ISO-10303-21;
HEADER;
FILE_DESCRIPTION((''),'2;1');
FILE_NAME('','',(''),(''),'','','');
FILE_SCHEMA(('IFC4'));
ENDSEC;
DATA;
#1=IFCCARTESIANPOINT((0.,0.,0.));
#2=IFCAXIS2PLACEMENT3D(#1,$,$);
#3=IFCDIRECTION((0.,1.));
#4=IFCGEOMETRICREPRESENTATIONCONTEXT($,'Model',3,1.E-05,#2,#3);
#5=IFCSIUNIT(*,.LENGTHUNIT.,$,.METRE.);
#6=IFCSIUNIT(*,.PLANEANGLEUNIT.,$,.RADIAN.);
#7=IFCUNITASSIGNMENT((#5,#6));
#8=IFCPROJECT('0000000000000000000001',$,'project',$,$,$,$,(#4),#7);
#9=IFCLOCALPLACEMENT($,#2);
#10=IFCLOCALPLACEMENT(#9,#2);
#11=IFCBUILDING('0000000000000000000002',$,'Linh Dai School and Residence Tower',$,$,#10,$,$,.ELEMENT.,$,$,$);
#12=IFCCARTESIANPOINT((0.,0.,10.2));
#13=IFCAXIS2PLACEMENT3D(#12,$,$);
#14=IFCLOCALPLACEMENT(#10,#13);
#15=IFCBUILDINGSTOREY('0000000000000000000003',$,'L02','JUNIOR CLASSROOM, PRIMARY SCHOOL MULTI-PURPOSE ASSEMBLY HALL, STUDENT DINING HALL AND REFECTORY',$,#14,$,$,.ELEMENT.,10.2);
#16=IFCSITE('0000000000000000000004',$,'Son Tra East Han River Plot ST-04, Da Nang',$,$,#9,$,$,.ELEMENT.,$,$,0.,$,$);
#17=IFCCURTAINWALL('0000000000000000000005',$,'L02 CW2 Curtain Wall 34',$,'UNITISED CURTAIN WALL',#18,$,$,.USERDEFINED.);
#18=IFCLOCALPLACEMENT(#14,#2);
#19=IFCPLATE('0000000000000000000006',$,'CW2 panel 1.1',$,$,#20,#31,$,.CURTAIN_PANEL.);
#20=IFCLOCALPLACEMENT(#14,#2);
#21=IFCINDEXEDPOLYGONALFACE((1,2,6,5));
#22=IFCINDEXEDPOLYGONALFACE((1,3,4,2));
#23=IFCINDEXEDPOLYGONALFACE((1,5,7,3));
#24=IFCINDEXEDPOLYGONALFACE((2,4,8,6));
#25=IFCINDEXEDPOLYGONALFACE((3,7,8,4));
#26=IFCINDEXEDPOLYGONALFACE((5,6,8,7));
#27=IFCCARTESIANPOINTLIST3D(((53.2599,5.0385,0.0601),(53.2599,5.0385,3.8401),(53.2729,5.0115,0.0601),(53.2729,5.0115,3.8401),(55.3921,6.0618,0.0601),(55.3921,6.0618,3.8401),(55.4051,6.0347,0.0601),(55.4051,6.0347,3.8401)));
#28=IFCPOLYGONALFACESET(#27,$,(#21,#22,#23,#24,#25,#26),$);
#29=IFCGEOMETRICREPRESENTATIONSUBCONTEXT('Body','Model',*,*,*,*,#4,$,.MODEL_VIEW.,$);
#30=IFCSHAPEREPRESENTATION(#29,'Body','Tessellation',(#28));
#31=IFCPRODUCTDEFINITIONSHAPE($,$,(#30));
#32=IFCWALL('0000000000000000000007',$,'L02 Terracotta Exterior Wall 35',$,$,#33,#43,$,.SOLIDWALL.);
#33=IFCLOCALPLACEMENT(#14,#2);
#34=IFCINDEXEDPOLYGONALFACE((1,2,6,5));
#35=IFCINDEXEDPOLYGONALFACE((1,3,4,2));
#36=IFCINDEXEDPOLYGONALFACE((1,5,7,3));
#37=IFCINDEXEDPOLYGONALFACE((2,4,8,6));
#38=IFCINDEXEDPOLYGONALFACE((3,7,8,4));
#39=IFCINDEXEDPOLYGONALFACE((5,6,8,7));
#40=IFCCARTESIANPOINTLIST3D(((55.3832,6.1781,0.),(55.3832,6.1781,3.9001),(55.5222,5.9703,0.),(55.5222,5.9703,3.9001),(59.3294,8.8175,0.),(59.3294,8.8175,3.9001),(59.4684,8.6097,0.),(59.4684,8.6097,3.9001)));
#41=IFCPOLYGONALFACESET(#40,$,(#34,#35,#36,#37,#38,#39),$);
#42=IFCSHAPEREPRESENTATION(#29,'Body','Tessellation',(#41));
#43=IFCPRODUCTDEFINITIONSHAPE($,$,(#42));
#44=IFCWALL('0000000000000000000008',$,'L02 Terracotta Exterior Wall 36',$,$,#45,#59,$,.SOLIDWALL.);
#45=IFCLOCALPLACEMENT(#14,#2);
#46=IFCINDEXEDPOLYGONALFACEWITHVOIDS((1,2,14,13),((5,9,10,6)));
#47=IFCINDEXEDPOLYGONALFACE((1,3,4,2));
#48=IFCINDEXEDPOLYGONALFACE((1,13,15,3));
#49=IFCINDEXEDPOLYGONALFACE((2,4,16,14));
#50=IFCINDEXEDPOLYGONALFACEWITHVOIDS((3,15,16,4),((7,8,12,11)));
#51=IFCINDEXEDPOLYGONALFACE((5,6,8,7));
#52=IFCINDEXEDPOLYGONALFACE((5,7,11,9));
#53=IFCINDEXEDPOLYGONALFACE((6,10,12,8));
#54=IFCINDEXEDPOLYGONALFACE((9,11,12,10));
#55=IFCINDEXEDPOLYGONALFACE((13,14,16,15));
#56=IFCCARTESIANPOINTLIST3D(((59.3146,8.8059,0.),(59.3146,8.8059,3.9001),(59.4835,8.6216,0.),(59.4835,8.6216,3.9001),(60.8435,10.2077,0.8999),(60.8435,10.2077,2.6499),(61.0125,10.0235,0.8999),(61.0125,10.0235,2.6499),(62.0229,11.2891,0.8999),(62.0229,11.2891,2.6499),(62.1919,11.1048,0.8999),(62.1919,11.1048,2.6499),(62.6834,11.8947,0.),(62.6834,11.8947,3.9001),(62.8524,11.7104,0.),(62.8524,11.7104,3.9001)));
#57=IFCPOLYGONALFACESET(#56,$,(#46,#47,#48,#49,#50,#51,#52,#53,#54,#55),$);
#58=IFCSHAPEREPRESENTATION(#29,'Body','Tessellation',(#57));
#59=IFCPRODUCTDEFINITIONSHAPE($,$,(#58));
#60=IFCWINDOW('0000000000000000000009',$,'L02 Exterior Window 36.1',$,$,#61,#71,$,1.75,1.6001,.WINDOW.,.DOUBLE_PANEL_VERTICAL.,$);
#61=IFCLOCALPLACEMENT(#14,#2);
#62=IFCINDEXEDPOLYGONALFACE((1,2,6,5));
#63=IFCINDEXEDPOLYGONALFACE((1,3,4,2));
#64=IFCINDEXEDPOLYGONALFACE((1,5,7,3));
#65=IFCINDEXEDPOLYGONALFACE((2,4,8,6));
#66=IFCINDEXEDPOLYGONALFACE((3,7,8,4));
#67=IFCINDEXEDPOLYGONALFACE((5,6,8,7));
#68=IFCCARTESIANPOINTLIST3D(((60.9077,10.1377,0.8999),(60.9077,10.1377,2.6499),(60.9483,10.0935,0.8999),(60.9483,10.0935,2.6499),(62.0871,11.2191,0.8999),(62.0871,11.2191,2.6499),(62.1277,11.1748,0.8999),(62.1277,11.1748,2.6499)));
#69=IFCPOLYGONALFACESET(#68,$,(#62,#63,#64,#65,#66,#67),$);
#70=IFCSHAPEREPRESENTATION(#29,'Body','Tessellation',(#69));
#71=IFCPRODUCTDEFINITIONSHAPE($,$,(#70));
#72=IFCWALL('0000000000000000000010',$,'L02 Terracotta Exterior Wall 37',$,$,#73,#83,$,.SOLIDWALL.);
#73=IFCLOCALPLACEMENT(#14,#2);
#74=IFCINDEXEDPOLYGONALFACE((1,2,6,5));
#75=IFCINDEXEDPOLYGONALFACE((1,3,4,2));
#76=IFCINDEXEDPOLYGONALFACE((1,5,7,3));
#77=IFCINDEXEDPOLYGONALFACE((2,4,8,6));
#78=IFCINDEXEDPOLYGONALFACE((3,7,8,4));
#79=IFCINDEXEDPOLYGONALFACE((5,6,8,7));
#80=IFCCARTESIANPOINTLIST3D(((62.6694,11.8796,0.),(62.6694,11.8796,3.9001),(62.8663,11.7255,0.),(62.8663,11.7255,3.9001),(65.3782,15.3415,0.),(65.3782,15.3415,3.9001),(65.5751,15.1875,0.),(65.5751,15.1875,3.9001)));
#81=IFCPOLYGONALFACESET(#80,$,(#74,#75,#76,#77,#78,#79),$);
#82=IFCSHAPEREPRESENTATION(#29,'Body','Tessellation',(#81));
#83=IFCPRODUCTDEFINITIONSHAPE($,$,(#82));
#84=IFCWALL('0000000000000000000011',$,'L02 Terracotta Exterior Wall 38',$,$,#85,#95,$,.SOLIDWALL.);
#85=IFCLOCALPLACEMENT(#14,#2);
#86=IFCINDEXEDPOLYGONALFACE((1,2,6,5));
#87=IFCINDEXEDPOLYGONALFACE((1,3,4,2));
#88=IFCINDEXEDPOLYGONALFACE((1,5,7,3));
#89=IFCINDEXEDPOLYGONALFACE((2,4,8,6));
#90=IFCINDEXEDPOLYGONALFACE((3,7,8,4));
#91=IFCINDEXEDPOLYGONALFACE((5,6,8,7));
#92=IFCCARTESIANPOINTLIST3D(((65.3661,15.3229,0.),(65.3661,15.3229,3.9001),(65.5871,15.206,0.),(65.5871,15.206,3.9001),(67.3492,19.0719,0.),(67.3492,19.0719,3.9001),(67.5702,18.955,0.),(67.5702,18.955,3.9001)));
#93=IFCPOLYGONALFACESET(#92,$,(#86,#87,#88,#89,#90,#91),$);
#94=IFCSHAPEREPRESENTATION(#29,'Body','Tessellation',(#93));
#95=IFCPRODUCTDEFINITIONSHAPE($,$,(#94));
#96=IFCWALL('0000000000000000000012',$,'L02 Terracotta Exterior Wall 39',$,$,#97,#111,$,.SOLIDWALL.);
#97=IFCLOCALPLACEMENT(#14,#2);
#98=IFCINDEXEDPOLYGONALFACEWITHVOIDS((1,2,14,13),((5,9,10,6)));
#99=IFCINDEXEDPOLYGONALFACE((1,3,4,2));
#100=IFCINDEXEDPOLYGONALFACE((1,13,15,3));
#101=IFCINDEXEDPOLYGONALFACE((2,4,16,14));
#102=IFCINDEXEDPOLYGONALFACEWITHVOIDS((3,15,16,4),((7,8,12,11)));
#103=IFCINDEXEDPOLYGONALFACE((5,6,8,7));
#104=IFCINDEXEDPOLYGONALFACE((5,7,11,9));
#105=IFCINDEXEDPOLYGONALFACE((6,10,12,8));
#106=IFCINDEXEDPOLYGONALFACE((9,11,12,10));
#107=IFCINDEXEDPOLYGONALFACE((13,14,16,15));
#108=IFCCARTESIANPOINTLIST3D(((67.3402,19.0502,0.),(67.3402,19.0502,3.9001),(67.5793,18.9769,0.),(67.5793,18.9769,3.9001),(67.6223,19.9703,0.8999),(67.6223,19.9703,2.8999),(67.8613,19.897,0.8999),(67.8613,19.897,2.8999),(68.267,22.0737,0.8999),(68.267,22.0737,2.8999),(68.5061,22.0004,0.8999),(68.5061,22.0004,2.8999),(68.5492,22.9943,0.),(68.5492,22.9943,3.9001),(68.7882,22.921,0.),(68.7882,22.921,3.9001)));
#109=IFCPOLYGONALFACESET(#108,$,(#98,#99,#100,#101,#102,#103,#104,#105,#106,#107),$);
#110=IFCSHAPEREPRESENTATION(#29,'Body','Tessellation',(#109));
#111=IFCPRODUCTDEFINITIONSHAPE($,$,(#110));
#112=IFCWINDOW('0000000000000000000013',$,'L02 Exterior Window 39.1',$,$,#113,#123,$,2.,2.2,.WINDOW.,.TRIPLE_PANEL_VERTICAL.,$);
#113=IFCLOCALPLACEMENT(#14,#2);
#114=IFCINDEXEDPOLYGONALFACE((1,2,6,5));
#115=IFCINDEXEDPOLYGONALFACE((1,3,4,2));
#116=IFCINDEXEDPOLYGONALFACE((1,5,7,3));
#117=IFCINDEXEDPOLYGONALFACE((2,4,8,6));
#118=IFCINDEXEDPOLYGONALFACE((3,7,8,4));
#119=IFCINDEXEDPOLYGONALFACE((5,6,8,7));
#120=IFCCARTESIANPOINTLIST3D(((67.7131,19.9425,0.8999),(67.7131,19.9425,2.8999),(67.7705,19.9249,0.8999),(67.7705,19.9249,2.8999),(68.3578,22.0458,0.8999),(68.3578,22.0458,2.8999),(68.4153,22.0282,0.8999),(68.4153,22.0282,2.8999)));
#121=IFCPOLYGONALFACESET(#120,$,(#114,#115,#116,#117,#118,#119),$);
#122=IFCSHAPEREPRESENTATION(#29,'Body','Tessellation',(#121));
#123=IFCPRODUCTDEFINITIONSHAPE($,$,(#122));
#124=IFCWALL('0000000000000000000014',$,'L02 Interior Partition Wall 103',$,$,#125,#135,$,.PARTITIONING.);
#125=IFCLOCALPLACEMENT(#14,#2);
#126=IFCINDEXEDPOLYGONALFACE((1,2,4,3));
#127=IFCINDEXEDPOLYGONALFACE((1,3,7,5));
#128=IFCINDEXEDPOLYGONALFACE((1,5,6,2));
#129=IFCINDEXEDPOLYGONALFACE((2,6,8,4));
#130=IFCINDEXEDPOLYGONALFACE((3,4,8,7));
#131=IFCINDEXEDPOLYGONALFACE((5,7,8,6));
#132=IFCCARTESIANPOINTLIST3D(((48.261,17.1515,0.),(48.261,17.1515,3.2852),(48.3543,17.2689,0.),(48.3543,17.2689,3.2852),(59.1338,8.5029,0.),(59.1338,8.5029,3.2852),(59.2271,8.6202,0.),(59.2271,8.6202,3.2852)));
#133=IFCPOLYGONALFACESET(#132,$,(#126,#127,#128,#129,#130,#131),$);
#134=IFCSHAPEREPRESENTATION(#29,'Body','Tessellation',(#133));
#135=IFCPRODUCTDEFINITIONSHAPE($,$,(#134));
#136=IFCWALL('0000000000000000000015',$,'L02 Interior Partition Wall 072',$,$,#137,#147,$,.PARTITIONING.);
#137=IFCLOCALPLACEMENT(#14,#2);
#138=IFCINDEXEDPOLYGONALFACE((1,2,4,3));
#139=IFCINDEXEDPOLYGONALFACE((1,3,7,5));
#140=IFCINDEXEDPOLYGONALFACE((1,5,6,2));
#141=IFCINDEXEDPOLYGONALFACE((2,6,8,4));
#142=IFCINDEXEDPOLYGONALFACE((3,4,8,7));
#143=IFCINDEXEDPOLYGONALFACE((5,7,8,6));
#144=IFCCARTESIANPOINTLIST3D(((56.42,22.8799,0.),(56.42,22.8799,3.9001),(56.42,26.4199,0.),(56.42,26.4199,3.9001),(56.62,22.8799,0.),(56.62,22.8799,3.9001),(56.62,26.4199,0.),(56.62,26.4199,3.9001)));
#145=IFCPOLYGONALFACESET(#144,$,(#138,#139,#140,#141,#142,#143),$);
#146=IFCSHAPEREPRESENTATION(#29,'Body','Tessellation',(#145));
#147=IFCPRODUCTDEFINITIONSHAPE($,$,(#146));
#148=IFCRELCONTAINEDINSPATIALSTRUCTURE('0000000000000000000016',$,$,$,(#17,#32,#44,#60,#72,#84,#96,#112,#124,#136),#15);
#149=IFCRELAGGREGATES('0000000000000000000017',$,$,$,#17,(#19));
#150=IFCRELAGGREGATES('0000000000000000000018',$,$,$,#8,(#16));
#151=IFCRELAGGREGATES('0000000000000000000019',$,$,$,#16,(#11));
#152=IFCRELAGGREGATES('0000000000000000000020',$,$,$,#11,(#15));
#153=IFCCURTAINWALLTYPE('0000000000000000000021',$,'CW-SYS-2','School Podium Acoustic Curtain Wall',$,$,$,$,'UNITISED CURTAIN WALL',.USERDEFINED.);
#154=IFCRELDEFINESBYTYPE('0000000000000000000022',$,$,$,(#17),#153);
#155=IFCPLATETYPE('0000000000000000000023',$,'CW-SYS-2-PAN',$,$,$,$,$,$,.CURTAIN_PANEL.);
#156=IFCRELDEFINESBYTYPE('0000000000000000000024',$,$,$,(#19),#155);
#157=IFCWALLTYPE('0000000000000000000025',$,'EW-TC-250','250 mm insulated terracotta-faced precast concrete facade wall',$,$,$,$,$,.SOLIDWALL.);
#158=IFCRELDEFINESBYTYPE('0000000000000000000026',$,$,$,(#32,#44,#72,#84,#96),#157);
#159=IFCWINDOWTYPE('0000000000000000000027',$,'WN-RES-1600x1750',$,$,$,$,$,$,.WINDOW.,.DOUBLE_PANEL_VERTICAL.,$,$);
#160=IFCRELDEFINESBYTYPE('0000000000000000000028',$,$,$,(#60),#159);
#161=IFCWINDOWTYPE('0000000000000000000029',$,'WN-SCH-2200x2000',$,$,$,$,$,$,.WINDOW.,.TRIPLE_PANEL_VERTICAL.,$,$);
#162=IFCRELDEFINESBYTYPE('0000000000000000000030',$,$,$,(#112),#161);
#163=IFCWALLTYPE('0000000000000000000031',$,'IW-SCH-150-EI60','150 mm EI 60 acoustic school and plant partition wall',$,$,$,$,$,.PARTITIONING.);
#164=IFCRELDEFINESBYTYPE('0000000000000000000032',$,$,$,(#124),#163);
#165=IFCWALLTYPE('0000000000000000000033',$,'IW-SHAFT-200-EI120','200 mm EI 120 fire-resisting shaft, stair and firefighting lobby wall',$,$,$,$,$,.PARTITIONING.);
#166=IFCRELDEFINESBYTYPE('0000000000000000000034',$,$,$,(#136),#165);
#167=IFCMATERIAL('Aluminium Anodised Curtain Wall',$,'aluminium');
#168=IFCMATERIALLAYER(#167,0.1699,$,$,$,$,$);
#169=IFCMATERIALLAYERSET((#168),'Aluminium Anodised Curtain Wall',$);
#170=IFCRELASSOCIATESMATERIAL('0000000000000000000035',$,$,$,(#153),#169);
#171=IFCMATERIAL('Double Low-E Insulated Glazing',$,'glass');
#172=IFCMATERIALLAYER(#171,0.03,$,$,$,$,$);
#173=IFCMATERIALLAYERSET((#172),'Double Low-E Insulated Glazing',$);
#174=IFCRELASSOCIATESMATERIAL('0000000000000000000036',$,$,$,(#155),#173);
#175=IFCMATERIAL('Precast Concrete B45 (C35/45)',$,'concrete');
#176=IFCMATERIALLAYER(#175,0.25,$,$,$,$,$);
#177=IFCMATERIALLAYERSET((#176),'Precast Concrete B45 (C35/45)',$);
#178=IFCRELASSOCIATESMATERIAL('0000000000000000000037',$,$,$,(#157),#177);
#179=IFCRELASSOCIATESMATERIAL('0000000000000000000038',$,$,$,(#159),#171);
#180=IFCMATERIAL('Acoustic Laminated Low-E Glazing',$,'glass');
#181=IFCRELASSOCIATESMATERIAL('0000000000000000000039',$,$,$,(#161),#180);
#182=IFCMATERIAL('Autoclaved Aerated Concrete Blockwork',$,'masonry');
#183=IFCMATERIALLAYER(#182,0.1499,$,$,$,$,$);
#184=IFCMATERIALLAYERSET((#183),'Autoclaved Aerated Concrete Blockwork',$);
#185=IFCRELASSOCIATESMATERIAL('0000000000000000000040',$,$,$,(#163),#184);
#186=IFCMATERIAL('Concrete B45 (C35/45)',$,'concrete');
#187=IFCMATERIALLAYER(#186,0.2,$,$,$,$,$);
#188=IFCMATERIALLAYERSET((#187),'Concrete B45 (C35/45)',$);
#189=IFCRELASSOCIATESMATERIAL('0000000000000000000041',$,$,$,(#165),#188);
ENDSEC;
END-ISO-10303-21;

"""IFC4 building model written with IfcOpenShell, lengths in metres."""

from ifc_helpers import new_model, si_unit, direction, frame, frame_2d, origin, origin_2d, place, context, subcontext, project, spatial, rectangle, extrude, source, transform, mapped, material, layer, layer_set, type_object, element, fill, aggregate, save


model = new_model("IFC4")

# Units and contexts
model_context = context("Model", 3, precision=1e-05, world=origin(), true_north=direction((0.0, 1.0)))
body_context = subcontext(model_context, "Body", "Model", "MODEL_VIEW")
ifc_project = project(units=[si_unit("LENGTHUNIT", "METRE"), si_unit("PLANEANGLEUNIT", "RADIAN")], contexts=[model_context])

# Site, building, storey
site_placement = place(None, origin())
site = spatial("IfcSite", under=ifc_project, at=site_placement, Name="Son Tra East Han River Plot ST-04, Da Nang", CompositionType="ELEMENT", RefElevation=0.0)
building_placement = place(site_placement, origin())
building = spatial("IfcBuilding", under=site, at=building_placement, Name="Linh Dai School and Residence Tower", CompositionType="ELEMENT")
storey_placement = place(building_placement, frame((0.0, 0.0, 10.2)))
storey = spatial("IfcBuildingStorey", under=building, at=storey_placement, Name="L02", Description="JUNIOR CLASSROOM, PRIMARY SCHOOL MULTI-PURPOSE ASSEMBLY HALL, STUDENT DINING HALL AND REFECTORY", CompositionType="ELEMENT", Elevation=10.2)

# Curtain wall
ifc_material_1 = material(Name="Aluminium Anodised Curtain Wall", Category="aluminium")
ifc_layer_1 = layer(ifc_material_1, 0.1699)
ifc_layer_set_1 = layer_set([ifc_layer_1], Name="Aluminium Anodised Curtain Wall")
curtain_wall_type = type_object("IfcCurtainWallType", Name="CW-SYS-2", Description="School Podium Acoustic Curtain Wall", ElementType="UNITISED CURTAIN WALL", PredefinedType="USERDEFINED", material=ifc_layer_set_1)
curtain_wall_placement = place(storey_placement, origin())
curtain_wall = element("IfcCurtainWall", 1, at=curtain_wall_placement, inside=storey, type_object=curtain_wall_type, Name="L02 CW2 Curtain Wall 34", ObjectType="UNITISED CURTAIN WALL", PredefinedType="USERDEFINED")

# Plate
ifc_material_2 = material(Name="Double Low-E Insulated Glazing", Category="glass")
ifc_layer_2 = layer(ifc_material_2, 0.03)
ifc_layer_set_2 = layer_set([ifc_layer_2], Name="Double Low-E Insulated Glazing")
plate_type_1 = type_object("IfcPlateType", Name="CW-SYS-2-PAN", PredefinedType="CURTAIN_PANEL", material=ifc_layer_set_2)
shared_shape_1 = source(origin(), body_context, "Body", "SweptSolid", [
    extrude(rectangle(XDim=2.365, YDim=0.03, at=origin_2d()), origin(), (0.0, 0.0, 1.0), 3.78),
])
plate_1_placement = place(storey_placement, frame((54.3325, 5.5366, 0.0601), z_axis=(0.0, 0.0, 1.0), x_axis=(-0.901558, -0.432657, 0.0)))
plate_1 = element("IfcPlate", 2, at=plate_1_placement, type_object=plate_type_1, Name="CW2 panel 1.1", PredefinedType="CURTAIN_PANEL", context=body_context, shape_type="MappedRepresentation", body=[
    mapped(shared_shape_1, transform((0.0, 0.0, 0.0), x_axis=(1.0, 0.0, 0.0), y_axis=(0.0, 1.0, 0.0), z_axis=(0.0, 0.0, 1.0), scale=1.0)),
])
aggregate(curtain_wall, [plate_1])

# Wall
ifc_material_3 = material(Name="Precast Concrete B45 (C35/45)", Category="concrete")
ifc_layer_3 = layer(ifc_material_3, 0.25)
ifc_layer_set_3 = layer_set([ifc_layer_3], Name="Precast Concrete B45 (C35/45)")
wall_type_1 = type_object("IfcWallType", Name="EW-TC-250", Description="250 mm insulated terracotta-faced precast concrete facade wall", PredefinedType="SOLIDWALL", material=ifc_layer_set_3)
wall_1_placement = place(storey_placement, frame((59.3989, 8.7136, 0.0), z_axis=(0.0, 0.0, 1.0), x_axis=(-0.831219, -0.555946, 0.0)))
element("IfcWall", 3, at=wall_1_placement, inside=storey, type_object=wall_type_1, Name="L02 Terracotta Exterior Wall 35", PredefinedType="SOLIDWALL", context=body_context, shape_type="SweptSolid", body=[
    extrude(rectangle(XDim=4.7476, YDim=0.25, at=frame_2d((2.3738, 0.0))), origin(), (0.0, 0.0, 1.0), 3.9001),
])

# Wall, opening, window
wall_2_placement = place(storey_placement, frame((62.7678, 11.8025, 0.0), z_axis=(0.0, 0.0, 1.0), x_axis=(-0.737077, -0.675809, 0.0)))
wall_2 = element("IfcWall", 4, at=wall_2_placement, inside=storey, type_object=wall_type_1, Name="L02 Terracotta Exterior Wall 36", PredefinedType="SOLIDWALL", context=body_context, shape_type="SweptSolid", body=[
    extrude(rectangle(XDim=4.5706, YDim=0.25, at=frame_2d((2.2852, 0.0))), origin(), (0.0, 0.0, 1.0), 3.9001),
])
opening_1_placement = place(wall_2_placement, frame((0.896, 0.0, 0.8999)))
opening_1 = element("IfcOpeningElement", 5, at=opening_1_placement, cuts=wall_2, PredefinedType="OPENING", context=body_context, shape_type="SweptSolid", body=[
    extrude(rectangle(XDim=1.6001, YDim=1.75, at=origin_2d()), frame((0.8, 0.135, 0.875), z_axis=(0.0, -1.0, 0.0), x_axis=(1.0, 0.0, 0.0)), (0.0, 0.0, 1.0), 0.27),
])
window_type_1 = type_object("IfcWindowType", Name="WN-RES-1600x1750", PartitioningType="DOUBLE_PANEL_VERTICAL", PredefinedType="WINDOW", material=ifc_material_2)
shared_shape_2 = source(origin(), body_context, "Body", "SweptSolid", [
    extrude(rectangle(XDim=1.6001, YDim=1.75, at=origin_2d()), frame((0.8, 0.03, 0.875), z_axis=(0.0, -1.0, 0.0), x_axis=(1.0, 0.0, 0.0)), (0.0, 0.0, 1.0), 0.0601),
])
window_1_placement = place(opening_1_placement, origin())
window_1 = element("IfcWindow", 6, at=window_1_placement, inside=storey, type_object=window_type_1, Name="L02 Exterior Window 36.1", OverallHeight=1.75, OverallWidth=1.6001, PartitioningType="DOUBLE_PANEL_VERTICAL", PredefinedType="WINDOW", context=body_context, shape_type="MappedRepresentation", body=[
    mapped(shared_shape_2, transform((0.0, 0.0, 0.0), x_axis=(1.0, 0.0, 0.0), y_axis=(0.0, 1.0, 0.0), z_axis=(0.0, 0.0, 1.0), scale=1.0)),
])
fill(opening_1, window_1)

# Walls
wall_3_placement = place(storey_placement, frame((65.4766, 15.2644, 0.0), z_axis=(0.0, 0.0, 1.0), x_axis=(-0.616226, -0.787569, 0.0)))
element("IfcWall", 7, at=wall_3_placement, inside=storey, type_object=wall_type_1, Name="L02 Terracotta Exterior Wall 37", PredefinedType="SOLIDWALL", context=body_context, shape_type="SweptSolid", body=[
    extrude(rectangle(XDim=4.3958, YDim=0.25, at=frame_2d((2.1978, 0.0))), origin(), (0.0, 0.0, 1.0), 3.9001),
])
wall_4_placement = place(storey_placement, frame((67.4597, 19.0134, 0.0), z_axis=(0.0, 0.0, 1.0), x_axis=(-0.467589, -0.883946, 0.0)))
element("IfcWall", 8, at=wall_4_placement, inside=storey, type_object=wall_type_1, Name="L02 Terracotta Exterior Wall 38", PredefinedType="SOLIDWALL", context=body_context, shape_type="SweptSolid", body=[
    extrude(rectangle(XDim=4.2412, YDim=0.25, at=frame_2d((2.1206, 0.0))), origin(), (0.0, 0.0, 1.0), 3.9001),
])

# Wall, opening, window
wall_5_placement = place(storey_placement, frame((68.6687, 22.9575, 0.0), z_axis=(0.0, 0.0, 1.0), x_axis=(-0.293071, -0.956091, 0.0)))
wall_5 = element("IfcWall", 9, at=wall_5_placement, inside=storey, type_object=wall_type_1, Name="L02 Terracotta Exterior Wall 39", PredefinedType="SOLIDWALL", context=body_context, shape_type="SweptSolid", body=[
    extrude(rectangle(XDim=4.1252, YDim=0.25, at=frame_2d((2.0625, 0.0))), origin(), (0.0, 0.0, 1.0), 3.9001),
])
opening_2_placement = place(wall_5_placement, frame((0.9626, 0.0, 0.8999)))
opening_2 = element("IfcOpeningElement", 10, at=opening_2_placement, cuts=wall_5, PredefinedType="OPENING", context=body_context, shape_type="SweptSolid", body=[
    extrude(rectangle(XDim=2.2, YDim=2.0, at=origin_2d()), frame((1.1001, 0.135, 1.0), z_axis=(0.0, -1.0, 0.0), x_axis=(1.0, 0.0, 0.0)), (0.0, 0.0, 1.0), 0.27),
])
ifc_material_4 = material(Name="Acoustic Laminated Low-E Glazing", Category="glass")
window_type_2 = type_object("IfcWindowType", Name="WN-SCH-2200x2000", PartitioningType="TRIPLE_PANEL_VERTICAL", PredefinedType="WINDOW", material=ifc_material_4)
shared_shape_3 = source(origin(), body_context, "Body", "SweptSolid", [
    extrude(rectangle(XDim=2.2, YDim=2.0, at=origin_2d()), frame((1.1001, 0.03, 1.0), z_axis=(0.0, -1.0, 0.0), x_axis=(1.0, 0.0, 0.0)), (0.0, 0.0, 1.0), 0.0601),
])
window_2_placement = place(opening_2_placement, origin())
window_2 = element("IfcWindow", 11, at=window_2_placement, inside=storey, type_object=window_type_2, Name="L02 Exterior Window 39.1", OverallHeight=2.0, OverallWidth=2.2, PartitioningType="TRIPLE_PANEL_VERTICAL", PredefinedType="WINDOW", context=body_context, shape_type="MappedRepresentation", body=[
    mapped(shared_shape_3, transform((0.0, 0.0, 0.0), x_axis=(1.0, 0.0, 0.0), y_axis=(0.0, 1.0, 0.0), z_axis=(0.0, 0.0, 1.0), scale=1.0)),
])
fill(opening_2, window_2)

# Walls
ifc_material_5 = material(Name="Autoclaved Aerated Concrete Blockwork", Category="masonry")
ifc_layer_4 = layer(ifc_material_5, 0.1499)
ifc_layer_set_4 = layer_set([ifc_layer_4], Name="Autoclaved Aerated Concrete Blockwork")
wall_type_2 = type_object("IfcWallType", Name="IW-SCH-150-EI60", Description="150 mm EI 60 acoustic school and plant partition wall", PredefinedType="PARTITIONING", material=ifc_layer_set_4)
wall_6_placement = place(storey_placement, frame((59.1804, 8.5615, 0.0), z_axis=(0.0, 0.0, 1.0), x_axis=(-0.782606, 0.622517, 0.0)))
element("IfcWall", 12, at=wall_6_placement, inside=storey, type_object=wall_type_2, Name="L02 Interior Partition Wall 103", PredefinedType="PARTITIONING", context=body_context, shape_type="SweptSolid", body=[
    extrude(rectangle(XDim=13.8931, YDim=0.1499, at=frame_2d((6.9465, 0.0))), origin(), (0.0, 0.0, 1.0), 3.2852),
])
ifc_material_6 = material(Name="Concrete B45 (C35/45)", Category="concrete")
ifc_layer_5 = layer(ifc_material_6, 0.2)
ifc_layer_set_5 = layer_set([ifc_layer_5], Name="Concrete B45 (C35/45)")
wall_type_3 = type_object("IfcWallType", Name="IW-SHAFT-200-EI120", Description="200 mm EI 120 fire-resisting shaft, stair and firefighting lobby wall", PredefinedType="PARTITIONING", material=ifc_layer_set_5)
wall_7_placement = place(storey_placement, frame((56.52, 22.8799, 0.0), z_axis=(0.0, 0.0, 1.0), x_axis=(0.0, 1.0, 0.0)))
element("IfcWall", 13, at=wall_7_placement, inside=storey, type_object=wall_type_3, Name="L02 Interior Partition Wall 072", PredefinedType="PARTITIONING", context=body_context, shape_type="SweptSolid", body=[
    extrude(rectangle(XDim=3.54, YDim=0.2, at=frame_2d((1.77, 0.0))), origin(), (0.0, 0.0, 1.0), 3.9001),
])

save(model, "model.ifc")
